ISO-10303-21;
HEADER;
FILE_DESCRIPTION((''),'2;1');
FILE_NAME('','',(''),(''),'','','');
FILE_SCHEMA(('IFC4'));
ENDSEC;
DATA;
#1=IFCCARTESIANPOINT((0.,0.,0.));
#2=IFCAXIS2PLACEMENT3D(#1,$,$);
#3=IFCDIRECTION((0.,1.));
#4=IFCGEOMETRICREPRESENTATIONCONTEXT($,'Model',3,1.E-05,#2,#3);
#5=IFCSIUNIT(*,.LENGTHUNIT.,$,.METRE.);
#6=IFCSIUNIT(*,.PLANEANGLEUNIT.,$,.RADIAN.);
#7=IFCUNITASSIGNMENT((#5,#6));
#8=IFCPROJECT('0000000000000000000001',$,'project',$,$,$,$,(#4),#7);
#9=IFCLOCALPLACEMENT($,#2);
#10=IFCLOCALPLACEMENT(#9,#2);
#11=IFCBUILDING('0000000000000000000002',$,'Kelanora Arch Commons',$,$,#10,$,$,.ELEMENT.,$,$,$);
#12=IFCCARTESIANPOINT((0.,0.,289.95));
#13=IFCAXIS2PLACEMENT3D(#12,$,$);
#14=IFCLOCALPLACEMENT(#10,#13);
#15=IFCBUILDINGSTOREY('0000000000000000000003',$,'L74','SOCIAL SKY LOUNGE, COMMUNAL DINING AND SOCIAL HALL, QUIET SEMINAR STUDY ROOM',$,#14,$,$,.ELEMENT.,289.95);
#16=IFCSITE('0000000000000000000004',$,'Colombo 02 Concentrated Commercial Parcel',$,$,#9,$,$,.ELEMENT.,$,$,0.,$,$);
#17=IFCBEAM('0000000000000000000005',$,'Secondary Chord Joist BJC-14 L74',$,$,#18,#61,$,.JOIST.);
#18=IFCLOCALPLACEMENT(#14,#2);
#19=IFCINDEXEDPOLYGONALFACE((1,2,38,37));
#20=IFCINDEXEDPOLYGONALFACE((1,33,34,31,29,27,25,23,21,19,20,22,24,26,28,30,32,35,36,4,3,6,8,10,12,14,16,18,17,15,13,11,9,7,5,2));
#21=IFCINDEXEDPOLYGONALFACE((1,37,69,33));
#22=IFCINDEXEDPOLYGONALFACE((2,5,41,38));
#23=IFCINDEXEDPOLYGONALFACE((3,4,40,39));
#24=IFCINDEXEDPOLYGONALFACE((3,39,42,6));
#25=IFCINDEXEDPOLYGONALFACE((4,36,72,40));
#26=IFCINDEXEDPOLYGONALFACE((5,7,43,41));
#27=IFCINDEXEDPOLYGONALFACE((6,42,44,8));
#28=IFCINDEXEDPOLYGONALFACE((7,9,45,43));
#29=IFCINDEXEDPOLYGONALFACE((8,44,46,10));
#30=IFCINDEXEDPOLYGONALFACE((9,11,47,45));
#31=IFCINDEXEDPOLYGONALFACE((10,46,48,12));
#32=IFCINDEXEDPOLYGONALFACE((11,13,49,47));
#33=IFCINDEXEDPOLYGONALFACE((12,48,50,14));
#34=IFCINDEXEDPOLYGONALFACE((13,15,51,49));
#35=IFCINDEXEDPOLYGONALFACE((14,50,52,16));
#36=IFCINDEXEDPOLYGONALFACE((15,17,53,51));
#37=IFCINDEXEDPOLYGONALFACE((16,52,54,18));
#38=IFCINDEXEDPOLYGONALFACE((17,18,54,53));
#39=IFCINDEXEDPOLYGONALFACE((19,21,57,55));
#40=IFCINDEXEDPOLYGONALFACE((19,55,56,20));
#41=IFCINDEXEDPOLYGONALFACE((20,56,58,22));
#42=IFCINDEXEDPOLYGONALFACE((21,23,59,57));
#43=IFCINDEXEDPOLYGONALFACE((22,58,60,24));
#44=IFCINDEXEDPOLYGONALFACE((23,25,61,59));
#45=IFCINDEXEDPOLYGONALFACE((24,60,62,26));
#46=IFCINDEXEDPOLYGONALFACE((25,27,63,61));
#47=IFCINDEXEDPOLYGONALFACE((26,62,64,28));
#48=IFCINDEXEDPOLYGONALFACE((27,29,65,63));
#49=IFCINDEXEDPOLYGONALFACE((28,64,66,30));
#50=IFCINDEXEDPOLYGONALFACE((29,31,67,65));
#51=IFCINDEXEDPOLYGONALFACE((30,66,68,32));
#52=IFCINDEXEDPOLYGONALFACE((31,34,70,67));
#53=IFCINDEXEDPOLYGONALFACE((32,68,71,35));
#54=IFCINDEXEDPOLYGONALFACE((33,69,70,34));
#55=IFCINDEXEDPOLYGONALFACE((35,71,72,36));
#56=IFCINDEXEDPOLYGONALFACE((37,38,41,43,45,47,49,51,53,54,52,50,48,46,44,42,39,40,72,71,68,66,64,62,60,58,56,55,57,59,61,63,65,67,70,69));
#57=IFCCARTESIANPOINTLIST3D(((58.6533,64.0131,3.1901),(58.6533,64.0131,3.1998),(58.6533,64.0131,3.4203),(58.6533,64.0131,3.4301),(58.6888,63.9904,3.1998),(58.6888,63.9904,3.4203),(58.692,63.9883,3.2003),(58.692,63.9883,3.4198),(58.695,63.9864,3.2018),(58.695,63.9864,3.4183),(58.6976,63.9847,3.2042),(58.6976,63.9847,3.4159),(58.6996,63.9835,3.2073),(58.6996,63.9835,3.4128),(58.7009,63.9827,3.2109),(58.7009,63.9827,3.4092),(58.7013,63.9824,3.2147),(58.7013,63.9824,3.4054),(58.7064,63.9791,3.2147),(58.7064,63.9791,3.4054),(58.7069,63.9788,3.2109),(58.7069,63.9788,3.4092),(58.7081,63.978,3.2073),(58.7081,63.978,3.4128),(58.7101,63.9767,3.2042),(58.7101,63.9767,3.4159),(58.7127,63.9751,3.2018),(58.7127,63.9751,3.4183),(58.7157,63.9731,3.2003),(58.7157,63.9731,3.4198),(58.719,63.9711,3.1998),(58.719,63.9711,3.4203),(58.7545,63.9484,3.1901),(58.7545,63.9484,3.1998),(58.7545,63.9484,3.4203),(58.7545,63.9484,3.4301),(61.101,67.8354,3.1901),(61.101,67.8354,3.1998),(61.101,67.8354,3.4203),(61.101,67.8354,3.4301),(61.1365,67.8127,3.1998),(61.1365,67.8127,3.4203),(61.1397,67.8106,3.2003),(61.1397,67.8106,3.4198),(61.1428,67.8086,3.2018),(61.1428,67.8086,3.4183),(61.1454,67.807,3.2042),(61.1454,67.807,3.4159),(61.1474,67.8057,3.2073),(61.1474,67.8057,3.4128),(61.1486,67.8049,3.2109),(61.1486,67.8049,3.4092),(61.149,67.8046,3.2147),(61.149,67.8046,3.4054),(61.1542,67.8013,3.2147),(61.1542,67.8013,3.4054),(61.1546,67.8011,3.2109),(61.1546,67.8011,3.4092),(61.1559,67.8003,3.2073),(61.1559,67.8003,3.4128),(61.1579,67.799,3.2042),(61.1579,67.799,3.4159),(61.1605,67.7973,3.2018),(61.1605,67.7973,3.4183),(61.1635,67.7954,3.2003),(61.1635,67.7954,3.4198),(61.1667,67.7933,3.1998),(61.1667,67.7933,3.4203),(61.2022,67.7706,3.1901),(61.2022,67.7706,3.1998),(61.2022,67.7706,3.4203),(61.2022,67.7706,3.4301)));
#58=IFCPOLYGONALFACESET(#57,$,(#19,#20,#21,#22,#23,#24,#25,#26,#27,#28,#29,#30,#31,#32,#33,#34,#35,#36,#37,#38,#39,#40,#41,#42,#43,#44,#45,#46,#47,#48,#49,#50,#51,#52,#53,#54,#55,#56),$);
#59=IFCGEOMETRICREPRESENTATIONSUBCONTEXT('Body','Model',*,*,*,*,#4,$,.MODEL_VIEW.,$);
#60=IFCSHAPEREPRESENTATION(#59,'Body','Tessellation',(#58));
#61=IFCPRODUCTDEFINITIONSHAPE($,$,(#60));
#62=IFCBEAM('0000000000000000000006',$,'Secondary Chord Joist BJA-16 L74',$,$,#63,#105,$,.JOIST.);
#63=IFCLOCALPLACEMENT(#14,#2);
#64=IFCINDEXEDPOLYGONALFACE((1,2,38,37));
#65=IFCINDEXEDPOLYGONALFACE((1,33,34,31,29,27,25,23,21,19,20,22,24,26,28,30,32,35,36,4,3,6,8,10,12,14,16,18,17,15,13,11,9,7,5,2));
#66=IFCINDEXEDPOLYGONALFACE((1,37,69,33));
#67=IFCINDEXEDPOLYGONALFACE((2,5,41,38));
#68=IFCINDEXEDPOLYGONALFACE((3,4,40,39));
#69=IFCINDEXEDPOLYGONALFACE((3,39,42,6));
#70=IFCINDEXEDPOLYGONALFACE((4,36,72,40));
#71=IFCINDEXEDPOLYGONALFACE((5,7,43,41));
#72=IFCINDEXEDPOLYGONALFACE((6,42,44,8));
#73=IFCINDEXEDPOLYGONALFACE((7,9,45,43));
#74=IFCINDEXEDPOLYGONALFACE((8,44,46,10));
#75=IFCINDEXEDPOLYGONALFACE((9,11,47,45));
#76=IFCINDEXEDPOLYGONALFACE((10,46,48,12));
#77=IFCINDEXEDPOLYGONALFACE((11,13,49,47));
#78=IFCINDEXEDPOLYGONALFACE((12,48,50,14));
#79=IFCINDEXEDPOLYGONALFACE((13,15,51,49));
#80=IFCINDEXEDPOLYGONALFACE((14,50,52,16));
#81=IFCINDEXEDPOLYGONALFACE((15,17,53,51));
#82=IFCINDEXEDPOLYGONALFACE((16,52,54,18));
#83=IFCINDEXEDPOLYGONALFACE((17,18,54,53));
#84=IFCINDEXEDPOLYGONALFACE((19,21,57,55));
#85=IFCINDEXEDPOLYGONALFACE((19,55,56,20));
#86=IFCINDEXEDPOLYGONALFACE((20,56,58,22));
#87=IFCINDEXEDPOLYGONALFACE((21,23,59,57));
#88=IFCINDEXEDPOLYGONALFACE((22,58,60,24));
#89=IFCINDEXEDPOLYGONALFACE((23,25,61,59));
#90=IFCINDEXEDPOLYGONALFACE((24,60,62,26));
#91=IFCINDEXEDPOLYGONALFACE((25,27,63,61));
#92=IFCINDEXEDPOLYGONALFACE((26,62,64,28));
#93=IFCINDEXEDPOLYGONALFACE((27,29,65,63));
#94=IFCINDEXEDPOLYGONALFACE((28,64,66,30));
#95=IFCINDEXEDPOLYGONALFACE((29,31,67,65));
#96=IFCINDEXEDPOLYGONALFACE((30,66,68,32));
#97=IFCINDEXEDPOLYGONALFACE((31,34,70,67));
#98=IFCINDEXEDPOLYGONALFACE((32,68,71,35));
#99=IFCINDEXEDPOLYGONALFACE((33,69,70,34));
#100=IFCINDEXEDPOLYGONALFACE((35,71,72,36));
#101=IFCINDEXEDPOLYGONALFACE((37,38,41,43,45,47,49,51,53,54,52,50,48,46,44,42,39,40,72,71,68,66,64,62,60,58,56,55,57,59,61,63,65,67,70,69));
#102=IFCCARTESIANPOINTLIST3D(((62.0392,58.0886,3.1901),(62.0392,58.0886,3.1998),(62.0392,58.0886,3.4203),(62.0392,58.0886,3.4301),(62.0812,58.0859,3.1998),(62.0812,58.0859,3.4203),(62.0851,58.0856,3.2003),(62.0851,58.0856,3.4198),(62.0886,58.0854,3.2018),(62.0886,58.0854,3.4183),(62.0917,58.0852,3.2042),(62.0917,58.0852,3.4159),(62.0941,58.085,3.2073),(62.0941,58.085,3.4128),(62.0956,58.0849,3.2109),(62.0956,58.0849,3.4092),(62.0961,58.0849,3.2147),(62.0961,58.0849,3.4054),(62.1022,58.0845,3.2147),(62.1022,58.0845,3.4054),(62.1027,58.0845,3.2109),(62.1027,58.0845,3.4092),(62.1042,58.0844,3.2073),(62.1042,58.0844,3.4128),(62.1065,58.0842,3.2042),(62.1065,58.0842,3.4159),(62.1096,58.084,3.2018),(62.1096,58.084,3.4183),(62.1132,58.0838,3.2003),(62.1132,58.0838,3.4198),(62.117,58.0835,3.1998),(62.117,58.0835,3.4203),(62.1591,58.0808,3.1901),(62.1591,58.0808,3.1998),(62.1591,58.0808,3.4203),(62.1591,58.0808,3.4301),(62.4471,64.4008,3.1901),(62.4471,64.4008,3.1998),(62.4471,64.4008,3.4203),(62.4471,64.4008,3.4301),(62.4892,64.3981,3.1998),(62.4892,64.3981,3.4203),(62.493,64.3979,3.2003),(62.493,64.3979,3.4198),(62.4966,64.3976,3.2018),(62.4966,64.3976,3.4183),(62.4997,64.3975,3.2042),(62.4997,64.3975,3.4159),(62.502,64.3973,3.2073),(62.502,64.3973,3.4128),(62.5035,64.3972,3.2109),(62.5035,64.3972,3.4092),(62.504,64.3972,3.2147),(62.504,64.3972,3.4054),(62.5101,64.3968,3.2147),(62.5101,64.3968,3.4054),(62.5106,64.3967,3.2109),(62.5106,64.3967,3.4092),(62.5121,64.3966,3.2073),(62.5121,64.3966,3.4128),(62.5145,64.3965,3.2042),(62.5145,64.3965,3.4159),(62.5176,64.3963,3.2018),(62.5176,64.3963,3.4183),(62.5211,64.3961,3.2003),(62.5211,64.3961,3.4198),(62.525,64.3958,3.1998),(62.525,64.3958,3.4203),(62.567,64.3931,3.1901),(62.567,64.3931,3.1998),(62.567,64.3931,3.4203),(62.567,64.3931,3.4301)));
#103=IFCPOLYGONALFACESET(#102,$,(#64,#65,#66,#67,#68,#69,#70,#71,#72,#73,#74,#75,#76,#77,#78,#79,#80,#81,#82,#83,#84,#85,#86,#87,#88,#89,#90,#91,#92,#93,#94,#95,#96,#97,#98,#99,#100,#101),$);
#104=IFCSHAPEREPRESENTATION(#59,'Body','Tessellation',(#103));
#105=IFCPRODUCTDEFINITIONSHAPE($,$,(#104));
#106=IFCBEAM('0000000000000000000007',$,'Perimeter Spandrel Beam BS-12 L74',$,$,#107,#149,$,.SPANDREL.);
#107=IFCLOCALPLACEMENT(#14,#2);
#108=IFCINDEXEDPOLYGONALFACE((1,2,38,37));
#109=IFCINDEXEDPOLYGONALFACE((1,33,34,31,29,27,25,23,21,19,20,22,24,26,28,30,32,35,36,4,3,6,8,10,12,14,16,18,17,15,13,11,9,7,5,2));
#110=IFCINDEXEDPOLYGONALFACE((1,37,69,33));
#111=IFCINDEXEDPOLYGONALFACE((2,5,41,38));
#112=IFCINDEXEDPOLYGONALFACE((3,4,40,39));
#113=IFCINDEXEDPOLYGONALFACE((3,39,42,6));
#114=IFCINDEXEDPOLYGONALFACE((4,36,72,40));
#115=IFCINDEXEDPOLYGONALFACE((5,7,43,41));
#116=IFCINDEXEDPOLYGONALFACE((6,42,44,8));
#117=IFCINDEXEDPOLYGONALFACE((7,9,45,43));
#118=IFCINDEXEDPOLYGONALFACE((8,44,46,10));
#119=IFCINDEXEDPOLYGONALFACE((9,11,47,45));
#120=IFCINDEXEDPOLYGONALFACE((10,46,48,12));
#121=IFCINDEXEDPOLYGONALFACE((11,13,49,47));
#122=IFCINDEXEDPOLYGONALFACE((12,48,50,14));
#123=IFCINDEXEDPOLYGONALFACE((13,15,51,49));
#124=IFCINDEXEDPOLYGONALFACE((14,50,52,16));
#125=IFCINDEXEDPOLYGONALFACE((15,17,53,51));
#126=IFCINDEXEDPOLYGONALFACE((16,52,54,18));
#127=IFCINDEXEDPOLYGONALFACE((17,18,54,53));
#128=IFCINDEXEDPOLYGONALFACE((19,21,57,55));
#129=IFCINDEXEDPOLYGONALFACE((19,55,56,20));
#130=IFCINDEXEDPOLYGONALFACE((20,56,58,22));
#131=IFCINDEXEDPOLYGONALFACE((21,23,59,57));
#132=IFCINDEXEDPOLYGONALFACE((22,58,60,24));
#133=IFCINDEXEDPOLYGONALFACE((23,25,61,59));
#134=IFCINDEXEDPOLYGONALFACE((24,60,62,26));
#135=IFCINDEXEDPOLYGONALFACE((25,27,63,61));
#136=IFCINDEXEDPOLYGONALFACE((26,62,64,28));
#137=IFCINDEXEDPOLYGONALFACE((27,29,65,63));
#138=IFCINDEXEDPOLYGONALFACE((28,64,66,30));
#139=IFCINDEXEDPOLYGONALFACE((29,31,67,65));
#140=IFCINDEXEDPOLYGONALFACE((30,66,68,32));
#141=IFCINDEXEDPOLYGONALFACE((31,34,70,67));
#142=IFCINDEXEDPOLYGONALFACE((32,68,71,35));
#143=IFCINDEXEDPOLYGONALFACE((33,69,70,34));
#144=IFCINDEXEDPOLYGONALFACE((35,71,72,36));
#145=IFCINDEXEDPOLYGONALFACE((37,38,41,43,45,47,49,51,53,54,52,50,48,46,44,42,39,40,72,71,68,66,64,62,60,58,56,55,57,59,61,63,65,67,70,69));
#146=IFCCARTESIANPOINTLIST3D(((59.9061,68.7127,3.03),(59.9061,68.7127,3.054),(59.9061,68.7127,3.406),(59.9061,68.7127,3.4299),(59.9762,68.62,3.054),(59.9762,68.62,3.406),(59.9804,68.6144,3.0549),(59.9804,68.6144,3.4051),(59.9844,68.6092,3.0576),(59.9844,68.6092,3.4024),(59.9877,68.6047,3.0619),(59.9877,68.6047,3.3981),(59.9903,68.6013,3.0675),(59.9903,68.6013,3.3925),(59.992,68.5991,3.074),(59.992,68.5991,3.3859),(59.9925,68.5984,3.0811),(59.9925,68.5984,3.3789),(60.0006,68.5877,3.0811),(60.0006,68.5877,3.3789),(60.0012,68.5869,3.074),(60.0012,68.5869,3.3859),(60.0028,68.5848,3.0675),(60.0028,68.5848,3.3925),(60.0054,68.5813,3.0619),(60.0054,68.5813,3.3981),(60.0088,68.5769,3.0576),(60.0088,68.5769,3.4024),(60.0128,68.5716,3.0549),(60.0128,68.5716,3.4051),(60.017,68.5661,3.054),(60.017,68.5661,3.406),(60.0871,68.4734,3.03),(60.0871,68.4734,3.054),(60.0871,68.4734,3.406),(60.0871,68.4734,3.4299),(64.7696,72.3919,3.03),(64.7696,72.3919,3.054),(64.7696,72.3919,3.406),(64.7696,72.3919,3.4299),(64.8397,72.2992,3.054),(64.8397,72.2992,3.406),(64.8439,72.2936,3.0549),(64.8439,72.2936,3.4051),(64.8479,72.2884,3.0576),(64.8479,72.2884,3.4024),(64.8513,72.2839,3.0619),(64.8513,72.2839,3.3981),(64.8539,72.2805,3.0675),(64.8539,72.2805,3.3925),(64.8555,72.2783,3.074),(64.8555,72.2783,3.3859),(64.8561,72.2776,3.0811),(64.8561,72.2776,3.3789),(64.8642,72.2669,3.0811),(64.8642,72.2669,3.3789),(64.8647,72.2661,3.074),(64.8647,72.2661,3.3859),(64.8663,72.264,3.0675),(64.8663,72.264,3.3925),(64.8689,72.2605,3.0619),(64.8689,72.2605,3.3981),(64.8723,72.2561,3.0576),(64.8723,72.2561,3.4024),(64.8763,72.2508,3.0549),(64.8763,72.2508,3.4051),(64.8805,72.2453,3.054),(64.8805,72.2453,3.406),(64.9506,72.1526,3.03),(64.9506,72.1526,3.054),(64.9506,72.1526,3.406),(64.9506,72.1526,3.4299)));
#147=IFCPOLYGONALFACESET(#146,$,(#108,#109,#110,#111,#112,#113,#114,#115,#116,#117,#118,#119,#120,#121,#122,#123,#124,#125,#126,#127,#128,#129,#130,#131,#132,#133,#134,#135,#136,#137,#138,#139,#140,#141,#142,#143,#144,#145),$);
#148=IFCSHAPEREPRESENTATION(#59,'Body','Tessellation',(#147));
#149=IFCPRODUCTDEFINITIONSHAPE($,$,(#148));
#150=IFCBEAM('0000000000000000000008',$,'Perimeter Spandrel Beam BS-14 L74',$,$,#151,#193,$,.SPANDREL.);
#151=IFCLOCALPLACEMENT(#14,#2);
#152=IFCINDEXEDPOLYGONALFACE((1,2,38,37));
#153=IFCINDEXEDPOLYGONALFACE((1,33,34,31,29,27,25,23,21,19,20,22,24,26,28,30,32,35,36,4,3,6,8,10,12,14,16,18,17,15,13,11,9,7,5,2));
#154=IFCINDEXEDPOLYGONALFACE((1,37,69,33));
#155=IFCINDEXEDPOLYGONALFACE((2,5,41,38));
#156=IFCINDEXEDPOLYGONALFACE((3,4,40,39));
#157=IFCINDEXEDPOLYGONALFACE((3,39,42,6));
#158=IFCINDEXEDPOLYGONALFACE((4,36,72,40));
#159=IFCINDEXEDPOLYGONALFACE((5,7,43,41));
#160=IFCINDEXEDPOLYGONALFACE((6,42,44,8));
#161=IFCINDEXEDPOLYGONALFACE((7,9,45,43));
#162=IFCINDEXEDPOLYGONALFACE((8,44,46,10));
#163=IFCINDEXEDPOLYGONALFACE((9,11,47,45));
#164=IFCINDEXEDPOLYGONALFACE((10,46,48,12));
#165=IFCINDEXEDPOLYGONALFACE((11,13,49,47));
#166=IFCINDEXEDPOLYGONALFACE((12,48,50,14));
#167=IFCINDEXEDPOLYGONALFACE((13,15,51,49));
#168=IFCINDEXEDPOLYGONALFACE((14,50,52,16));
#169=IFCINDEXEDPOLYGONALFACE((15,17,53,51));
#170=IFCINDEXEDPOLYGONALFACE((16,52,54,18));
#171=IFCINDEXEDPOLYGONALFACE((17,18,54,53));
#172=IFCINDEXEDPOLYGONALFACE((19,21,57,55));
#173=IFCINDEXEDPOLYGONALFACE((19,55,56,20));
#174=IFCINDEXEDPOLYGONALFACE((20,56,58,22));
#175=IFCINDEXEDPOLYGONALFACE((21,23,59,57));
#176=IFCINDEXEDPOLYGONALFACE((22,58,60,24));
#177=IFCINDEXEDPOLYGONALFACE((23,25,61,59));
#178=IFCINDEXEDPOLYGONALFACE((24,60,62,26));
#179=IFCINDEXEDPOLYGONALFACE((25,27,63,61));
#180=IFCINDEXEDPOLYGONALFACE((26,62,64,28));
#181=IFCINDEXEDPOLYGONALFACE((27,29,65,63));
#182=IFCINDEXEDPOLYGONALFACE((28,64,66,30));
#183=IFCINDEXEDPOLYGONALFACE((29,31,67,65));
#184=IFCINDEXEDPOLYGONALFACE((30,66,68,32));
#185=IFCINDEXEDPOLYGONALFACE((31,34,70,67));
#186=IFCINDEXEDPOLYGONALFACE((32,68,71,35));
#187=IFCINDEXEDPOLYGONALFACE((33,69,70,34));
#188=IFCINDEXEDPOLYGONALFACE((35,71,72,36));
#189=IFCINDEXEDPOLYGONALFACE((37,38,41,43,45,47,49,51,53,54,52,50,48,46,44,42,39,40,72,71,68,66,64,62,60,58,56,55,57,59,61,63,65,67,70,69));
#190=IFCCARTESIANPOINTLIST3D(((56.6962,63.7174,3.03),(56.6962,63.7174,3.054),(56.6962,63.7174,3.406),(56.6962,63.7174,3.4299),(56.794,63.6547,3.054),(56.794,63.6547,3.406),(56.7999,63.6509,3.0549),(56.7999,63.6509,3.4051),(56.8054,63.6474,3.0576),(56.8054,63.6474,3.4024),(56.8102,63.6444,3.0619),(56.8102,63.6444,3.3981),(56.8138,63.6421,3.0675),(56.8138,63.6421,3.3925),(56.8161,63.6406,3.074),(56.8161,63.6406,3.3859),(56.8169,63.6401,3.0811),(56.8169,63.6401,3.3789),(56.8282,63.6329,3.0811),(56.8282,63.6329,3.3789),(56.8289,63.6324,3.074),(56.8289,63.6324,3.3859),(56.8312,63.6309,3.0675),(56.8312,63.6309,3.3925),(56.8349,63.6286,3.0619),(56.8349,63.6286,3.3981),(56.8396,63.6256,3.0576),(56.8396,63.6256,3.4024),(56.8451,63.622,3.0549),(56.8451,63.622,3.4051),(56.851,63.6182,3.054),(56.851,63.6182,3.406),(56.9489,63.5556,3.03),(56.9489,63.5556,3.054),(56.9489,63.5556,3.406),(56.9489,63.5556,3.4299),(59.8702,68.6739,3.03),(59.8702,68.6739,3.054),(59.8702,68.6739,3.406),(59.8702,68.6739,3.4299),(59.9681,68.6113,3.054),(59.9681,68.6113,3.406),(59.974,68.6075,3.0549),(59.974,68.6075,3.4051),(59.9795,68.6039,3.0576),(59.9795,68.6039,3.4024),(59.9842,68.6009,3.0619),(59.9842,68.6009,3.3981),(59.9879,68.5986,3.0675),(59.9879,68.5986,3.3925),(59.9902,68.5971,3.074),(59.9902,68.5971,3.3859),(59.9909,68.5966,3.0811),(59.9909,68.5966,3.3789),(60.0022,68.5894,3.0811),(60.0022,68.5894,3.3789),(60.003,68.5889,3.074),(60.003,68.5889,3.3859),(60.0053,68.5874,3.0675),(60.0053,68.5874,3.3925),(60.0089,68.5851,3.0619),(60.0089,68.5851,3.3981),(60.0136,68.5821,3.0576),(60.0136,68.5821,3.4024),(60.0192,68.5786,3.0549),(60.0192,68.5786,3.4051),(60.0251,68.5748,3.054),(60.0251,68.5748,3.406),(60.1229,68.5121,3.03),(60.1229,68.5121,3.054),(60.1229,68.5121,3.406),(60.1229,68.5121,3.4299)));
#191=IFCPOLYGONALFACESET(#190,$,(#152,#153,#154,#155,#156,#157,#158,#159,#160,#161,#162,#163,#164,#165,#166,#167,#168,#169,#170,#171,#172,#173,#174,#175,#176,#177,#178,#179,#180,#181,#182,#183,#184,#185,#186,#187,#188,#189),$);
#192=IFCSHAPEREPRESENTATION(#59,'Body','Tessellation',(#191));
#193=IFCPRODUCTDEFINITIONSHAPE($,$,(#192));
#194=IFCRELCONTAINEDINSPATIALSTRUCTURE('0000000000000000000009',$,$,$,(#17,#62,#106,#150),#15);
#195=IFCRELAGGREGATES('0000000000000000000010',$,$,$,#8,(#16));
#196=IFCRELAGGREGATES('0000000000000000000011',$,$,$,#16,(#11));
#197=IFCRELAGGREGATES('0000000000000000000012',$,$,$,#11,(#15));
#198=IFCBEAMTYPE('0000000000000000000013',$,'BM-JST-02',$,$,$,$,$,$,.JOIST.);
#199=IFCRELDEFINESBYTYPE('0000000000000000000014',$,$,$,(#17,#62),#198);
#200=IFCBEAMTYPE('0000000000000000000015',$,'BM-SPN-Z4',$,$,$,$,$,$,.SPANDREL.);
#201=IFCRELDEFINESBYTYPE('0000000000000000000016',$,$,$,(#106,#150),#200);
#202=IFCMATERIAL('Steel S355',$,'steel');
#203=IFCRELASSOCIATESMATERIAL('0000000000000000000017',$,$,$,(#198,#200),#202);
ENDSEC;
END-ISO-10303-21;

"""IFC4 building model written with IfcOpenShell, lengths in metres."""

from ifc_helpers import new_model, si_unit, direction, frame, origin, origin_2d, place, context, subcontext, project, spatial, i_section, extrude, material, material_profile, profile_set, type_object, element, save


model = new_model("IFC4")

# Units and contexts
model_context = context("Model", 3, precision=1e-05, world=origin(), true_north=direction((0.0, 1.0)))
body_context = subcontext(model_context, "Body", "Model", "MODEL_VIEW")
ifc_project = project(units=[si_unit("LENGTHUNIT", "METRE"), si_unit("PLANEANGLEUNIT", "RADIAN")], contexts=[model_context])

# Site, building, storey
site_placement = place(None, origin())
site = spatial("IfcSite", under=ifc_project, at=site_placement, Name="Colombo 02 Concentrated Commercial Parcel", CompositionType="ELEMENT", RefElevation=0.0)
building_placement = place(site_placement, origin())
building = spatial("IfcBuilding", under=site, at=building_placement, Name="Kelanora Arch Commons", CompositionType="ELEMENT")
storey_placement = place(building_placement, frame((0.0, 0.0, 289.95)))
storey = spatial("IfcBuildingStorey", under=building, at=storey_placement, Name="L74", Description="SOCIAL SKY LOUNGE, COMMUNAL DINING AND SOCIAL HALL, QUIET SEMINAR STUDY ROOM", CompositionType="ELEMENT", Elevation=289.95)

# Beams
ifc_material_1 = material(Name="Steel S355", Category="steel")
ifc_material_profile_1 = material_profile(ifc_material_1, i_section(OverallWidth=0.1201, OverallDepth=0.24, WebThickness=0.0061, FlangeThickness=0.0098, FilletRadius=0.0149, at=origin_2d()), Name="IPE240")
ifc_profile_set_1 = profile_set([ifc_material_profile_1], Name="Steel S355")
beam_type_1 = type_object("IfcBeamType", Name="BM-JST-02", PredefinedType="JOIST", material=ifc_profile_set_1)
beam_1_placement = place(storey_placement, frame((61.1516, 67.803, 3.3101), z_axis=(-0.539289, -0.842121, 0.0), x_axis=(0.842121, -0.539289, 0.0)))
element("IfcBeam", 1, at=beam_1_placement, inside=storey, type_object=beam_type_1, Name="Secondary Chord Joist BJC-14 L74", PredefinedType="JOIST", context=body_context, shape_type="SweptSolid", body=[
    extrude(i_section(OverallWidth=0.1201, OverallDepth=0.24, WebThickness=0.0061, FlangeThickness=0.0098, FilletRadius=0.0149, at=origin_2d()), origin(), (0.0, 0.0, 1.0), 4.5388),
])
beam_2_placement = place(storey_placement, frame((62.5071, 64.397, 3.3101), z_axis=(-0.064495, -0.997918, 0.0), x_axis=(0.997918, -0.064495, 0.0)))
element("IfcBeam", 2, at=beam_2_placement, inside=storey, type_object=beam_type_1, Name="Secondary Chord Joist BJA-16 L74", PredefinedType="JOIST", context=body_context, shape_type="SweptSolid", body=[
    extrude(i_section(OverallWidth=0.1201, OverallDepth=0.24, WebThickness=0.0061, FlangeThickness=0.0098, FilletRadius=0.0149, at=origin_2d()), origin(), (0.0, 0.0, 1.0), 6.3254),
])
ifc_material_profile_2 = material_profile(ifc_material_1, i_section(OverallWidth=0.3, OverallDepth=0.3999, WebThickness=0.0134, FlangeThickness=0.0239, FilletRadius=0.0271, at=origin_2d()), Name="HEB400")
ifc_profile_set_2 = profile_set([ifc_material_profile_2], Name="Steel S355")
beam_type_2 = type_object("IfcBeamType", Name="BM-SPN-Z4", PredefinedType="SPANDREL", material=ifc_profile_set_2)
beam_3_placement = place(storey_placement, frame((64.8601, 72.2722, 3.23), z_axis=(-0.797509, -0.603306, 0.0), x_axis=(0.603306, -0.797509, 0.0)))
element("IfcBeam", 3, at=beam_3_placement, inside=storey, type_object=beam_type_2, Name="Perimeter Spandrel Beam BS-12 L74", PredefinedType="SPANDREL", context=body_context, shape_type="SweptSolid", body=[
    extrude(i_section(OverallWidth=0.3, OverallDepth=0.3999, WebThickness=0.0134, FlangeThickness=0.0239, FilletRadius=0.0271, at=origin_2d()), origin(), (0.0, 0.0, 1.0), 6.0984),
])
beam_4_placement = place(storey_placement, frame((59.9966, 68.593, 3.23), z_axis=(-0.539281, -0.842126, 0.0), x_axis=(0.842126, -0.539281, 0.0)))
element("IfcBeam", 4, at=beam_4_placement, inside=storey, type_object=beam_type_2, Name="Perimeter Spandrel Beam BS-14 L74", PredefinedType="SPANDREL", context=body_context, shape_type="SweptSolid", body=[
    extrude(i_section(OverallWidth=0.3, OverallDepth=0.3999, WebThickness=0.0134, FlangeThickness=0.0239, FilletRadius=0.0271, at=origin_2d()), origin(), (0.0, 0.0, 1.0), 5.8857),
])

save(model, "model.ifc")
